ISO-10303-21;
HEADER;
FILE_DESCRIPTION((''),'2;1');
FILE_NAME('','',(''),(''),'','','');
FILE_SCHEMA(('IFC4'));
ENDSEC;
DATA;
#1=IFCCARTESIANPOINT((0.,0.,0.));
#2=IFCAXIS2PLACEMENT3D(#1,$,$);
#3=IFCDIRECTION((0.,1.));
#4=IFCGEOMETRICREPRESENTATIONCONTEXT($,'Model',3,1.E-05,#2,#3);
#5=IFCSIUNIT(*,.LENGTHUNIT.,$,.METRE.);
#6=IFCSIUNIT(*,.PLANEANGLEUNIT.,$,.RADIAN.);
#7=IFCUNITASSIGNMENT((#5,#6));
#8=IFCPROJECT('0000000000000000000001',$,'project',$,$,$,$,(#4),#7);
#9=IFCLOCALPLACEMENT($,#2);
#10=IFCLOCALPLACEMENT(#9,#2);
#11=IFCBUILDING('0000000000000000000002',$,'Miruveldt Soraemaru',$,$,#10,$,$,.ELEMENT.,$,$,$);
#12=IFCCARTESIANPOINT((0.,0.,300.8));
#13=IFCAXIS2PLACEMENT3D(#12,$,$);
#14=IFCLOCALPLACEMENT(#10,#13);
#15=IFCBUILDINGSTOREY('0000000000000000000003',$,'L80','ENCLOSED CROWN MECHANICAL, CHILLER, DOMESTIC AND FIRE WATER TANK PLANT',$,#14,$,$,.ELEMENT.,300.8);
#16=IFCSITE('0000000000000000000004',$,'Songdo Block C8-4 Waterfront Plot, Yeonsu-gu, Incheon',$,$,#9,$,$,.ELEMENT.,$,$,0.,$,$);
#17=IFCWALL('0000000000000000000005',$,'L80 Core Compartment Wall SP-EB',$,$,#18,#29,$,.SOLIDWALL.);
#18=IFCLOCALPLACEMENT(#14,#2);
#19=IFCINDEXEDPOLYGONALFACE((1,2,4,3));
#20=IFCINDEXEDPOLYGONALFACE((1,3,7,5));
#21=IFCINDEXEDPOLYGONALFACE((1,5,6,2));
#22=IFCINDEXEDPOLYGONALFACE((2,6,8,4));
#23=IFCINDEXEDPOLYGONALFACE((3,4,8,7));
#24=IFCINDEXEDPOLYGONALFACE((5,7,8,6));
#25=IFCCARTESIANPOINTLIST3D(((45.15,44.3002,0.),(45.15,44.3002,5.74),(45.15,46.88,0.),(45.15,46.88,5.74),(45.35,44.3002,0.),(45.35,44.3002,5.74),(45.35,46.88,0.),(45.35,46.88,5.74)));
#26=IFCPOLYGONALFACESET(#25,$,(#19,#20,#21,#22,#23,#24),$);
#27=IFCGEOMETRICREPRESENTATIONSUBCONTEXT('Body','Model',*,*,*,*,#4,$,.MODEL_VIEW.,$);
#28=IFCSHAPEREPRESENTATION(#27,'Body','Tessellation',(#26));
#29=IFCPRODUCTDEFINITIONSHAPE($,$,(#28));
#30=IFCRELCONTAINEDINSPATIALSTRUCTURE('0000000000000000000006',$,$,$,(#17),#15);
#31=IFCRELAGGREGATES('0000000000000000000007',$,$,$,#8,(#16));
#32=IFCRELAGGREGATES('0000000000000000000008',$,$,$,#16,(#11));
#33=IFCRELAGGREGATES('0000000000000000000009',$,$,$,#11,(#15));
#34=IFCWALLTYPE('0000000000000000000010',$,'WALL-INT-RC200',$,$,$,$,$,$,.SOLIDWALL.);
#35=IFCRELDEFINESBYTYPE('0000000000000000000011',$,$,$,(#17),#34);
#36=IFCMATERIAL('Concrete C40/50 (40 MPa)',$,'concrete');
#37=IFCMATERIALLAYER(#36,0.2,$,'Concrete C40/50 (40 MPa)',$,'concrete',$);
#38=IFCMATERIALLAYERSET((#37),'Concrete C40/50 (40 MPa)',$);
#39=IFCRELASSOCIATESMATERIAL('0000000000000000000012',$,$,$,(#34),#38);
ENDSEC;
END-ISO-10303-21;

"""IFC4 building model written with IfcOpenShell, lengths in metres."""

from ifc_helpers import new_model, si_unit, direction, frame, frame_2d, origin, place, context, subcontext, project, spatial, rectangle, extrude, material, layer, layer_set, type_object, element, save


model = new_model("IFC4")

# Units and contexts
model_context = context("Model", 3, precision=1e-05, world=origin(), true_north=direction((0.0, 1.0)))
body_context = subcontext(model_context, "Body", "Model", "MODEL_VIEW")
ifc_project = project(units=[si_unit("LENGTHUNIT", "METRE"), si_unit("PLANEANGLEUNIT", "RADIAN")], contexts=[model_context])

# Site, building, storey
site_placement = place(None, origin())
site = spatial("IfcSite", under=ifc_project, at=site_placement, Name="Songdo Block C8-4 Waterfront Plot, Yeonsu-gu, Incheon", CompositionType="ELEMENT", RefElevation=0.0)
building_placement = place(site_placement, origin())
building = spatial("IfcBuilding", under=site, at=building_placement, Name="Miruveldt Soraemaru", CompositionType="ELEMENT")
storey_placement = place(building_placement, frame((0.0, 0.0, 300.8)))
storey = spatial("IfcBuildingStorey", under=building, at=storey_placement, Name="L80", Description="ENCLOSED CROWN MECHANICAL, CHILLER, DOMESTIC AND FIRE WATER TANK PLANT", CompositionType="ELEMENT", Elevation=300.8)

# Shared definitions
ifc_material_1 = material(Name="Concrete C40/50 (40 MPa)", Category="concrete")

# Shared definitions
ifc_layer_1 = layer(ifc_material_1, 0.2, Name="Concrete C40/50 (40 MPa)", Category="concrete")
ifc_layer_set_1 = layer_set([ifc_layer_1], Name="Concrete C40/50 (40 MPa)")
wall_type_1 = type_object("IfcWallType", Name="WALL-INT-RC200", PredefinedType="SOLIDWALL", material=ifc_layer_set_1)

# Wall
wall_1_placement = place(storey_placement, frame((45.25, 44.3, 0.0), z_axis=(0.0, 0.0, 1.0), x_axis=(0.0, 1.0, 0.0)))
element("IfcWall", 1, at=wall_1_placement, inside=storey, type_object=wall_type_1, Name="L80 Core Compartment Wall SP-EB", PredefinedType="SOLIDWALL", context=body_context, shape_type="SweptSolid", body=[
    extrude(rectangle(XDim=2.5798, YDim=0.2, at=frame_2d((1.29, 0.0))), origin(), (0.0, 0.0, 1.0), 5.74),
])

save(model, "model.ifc")
